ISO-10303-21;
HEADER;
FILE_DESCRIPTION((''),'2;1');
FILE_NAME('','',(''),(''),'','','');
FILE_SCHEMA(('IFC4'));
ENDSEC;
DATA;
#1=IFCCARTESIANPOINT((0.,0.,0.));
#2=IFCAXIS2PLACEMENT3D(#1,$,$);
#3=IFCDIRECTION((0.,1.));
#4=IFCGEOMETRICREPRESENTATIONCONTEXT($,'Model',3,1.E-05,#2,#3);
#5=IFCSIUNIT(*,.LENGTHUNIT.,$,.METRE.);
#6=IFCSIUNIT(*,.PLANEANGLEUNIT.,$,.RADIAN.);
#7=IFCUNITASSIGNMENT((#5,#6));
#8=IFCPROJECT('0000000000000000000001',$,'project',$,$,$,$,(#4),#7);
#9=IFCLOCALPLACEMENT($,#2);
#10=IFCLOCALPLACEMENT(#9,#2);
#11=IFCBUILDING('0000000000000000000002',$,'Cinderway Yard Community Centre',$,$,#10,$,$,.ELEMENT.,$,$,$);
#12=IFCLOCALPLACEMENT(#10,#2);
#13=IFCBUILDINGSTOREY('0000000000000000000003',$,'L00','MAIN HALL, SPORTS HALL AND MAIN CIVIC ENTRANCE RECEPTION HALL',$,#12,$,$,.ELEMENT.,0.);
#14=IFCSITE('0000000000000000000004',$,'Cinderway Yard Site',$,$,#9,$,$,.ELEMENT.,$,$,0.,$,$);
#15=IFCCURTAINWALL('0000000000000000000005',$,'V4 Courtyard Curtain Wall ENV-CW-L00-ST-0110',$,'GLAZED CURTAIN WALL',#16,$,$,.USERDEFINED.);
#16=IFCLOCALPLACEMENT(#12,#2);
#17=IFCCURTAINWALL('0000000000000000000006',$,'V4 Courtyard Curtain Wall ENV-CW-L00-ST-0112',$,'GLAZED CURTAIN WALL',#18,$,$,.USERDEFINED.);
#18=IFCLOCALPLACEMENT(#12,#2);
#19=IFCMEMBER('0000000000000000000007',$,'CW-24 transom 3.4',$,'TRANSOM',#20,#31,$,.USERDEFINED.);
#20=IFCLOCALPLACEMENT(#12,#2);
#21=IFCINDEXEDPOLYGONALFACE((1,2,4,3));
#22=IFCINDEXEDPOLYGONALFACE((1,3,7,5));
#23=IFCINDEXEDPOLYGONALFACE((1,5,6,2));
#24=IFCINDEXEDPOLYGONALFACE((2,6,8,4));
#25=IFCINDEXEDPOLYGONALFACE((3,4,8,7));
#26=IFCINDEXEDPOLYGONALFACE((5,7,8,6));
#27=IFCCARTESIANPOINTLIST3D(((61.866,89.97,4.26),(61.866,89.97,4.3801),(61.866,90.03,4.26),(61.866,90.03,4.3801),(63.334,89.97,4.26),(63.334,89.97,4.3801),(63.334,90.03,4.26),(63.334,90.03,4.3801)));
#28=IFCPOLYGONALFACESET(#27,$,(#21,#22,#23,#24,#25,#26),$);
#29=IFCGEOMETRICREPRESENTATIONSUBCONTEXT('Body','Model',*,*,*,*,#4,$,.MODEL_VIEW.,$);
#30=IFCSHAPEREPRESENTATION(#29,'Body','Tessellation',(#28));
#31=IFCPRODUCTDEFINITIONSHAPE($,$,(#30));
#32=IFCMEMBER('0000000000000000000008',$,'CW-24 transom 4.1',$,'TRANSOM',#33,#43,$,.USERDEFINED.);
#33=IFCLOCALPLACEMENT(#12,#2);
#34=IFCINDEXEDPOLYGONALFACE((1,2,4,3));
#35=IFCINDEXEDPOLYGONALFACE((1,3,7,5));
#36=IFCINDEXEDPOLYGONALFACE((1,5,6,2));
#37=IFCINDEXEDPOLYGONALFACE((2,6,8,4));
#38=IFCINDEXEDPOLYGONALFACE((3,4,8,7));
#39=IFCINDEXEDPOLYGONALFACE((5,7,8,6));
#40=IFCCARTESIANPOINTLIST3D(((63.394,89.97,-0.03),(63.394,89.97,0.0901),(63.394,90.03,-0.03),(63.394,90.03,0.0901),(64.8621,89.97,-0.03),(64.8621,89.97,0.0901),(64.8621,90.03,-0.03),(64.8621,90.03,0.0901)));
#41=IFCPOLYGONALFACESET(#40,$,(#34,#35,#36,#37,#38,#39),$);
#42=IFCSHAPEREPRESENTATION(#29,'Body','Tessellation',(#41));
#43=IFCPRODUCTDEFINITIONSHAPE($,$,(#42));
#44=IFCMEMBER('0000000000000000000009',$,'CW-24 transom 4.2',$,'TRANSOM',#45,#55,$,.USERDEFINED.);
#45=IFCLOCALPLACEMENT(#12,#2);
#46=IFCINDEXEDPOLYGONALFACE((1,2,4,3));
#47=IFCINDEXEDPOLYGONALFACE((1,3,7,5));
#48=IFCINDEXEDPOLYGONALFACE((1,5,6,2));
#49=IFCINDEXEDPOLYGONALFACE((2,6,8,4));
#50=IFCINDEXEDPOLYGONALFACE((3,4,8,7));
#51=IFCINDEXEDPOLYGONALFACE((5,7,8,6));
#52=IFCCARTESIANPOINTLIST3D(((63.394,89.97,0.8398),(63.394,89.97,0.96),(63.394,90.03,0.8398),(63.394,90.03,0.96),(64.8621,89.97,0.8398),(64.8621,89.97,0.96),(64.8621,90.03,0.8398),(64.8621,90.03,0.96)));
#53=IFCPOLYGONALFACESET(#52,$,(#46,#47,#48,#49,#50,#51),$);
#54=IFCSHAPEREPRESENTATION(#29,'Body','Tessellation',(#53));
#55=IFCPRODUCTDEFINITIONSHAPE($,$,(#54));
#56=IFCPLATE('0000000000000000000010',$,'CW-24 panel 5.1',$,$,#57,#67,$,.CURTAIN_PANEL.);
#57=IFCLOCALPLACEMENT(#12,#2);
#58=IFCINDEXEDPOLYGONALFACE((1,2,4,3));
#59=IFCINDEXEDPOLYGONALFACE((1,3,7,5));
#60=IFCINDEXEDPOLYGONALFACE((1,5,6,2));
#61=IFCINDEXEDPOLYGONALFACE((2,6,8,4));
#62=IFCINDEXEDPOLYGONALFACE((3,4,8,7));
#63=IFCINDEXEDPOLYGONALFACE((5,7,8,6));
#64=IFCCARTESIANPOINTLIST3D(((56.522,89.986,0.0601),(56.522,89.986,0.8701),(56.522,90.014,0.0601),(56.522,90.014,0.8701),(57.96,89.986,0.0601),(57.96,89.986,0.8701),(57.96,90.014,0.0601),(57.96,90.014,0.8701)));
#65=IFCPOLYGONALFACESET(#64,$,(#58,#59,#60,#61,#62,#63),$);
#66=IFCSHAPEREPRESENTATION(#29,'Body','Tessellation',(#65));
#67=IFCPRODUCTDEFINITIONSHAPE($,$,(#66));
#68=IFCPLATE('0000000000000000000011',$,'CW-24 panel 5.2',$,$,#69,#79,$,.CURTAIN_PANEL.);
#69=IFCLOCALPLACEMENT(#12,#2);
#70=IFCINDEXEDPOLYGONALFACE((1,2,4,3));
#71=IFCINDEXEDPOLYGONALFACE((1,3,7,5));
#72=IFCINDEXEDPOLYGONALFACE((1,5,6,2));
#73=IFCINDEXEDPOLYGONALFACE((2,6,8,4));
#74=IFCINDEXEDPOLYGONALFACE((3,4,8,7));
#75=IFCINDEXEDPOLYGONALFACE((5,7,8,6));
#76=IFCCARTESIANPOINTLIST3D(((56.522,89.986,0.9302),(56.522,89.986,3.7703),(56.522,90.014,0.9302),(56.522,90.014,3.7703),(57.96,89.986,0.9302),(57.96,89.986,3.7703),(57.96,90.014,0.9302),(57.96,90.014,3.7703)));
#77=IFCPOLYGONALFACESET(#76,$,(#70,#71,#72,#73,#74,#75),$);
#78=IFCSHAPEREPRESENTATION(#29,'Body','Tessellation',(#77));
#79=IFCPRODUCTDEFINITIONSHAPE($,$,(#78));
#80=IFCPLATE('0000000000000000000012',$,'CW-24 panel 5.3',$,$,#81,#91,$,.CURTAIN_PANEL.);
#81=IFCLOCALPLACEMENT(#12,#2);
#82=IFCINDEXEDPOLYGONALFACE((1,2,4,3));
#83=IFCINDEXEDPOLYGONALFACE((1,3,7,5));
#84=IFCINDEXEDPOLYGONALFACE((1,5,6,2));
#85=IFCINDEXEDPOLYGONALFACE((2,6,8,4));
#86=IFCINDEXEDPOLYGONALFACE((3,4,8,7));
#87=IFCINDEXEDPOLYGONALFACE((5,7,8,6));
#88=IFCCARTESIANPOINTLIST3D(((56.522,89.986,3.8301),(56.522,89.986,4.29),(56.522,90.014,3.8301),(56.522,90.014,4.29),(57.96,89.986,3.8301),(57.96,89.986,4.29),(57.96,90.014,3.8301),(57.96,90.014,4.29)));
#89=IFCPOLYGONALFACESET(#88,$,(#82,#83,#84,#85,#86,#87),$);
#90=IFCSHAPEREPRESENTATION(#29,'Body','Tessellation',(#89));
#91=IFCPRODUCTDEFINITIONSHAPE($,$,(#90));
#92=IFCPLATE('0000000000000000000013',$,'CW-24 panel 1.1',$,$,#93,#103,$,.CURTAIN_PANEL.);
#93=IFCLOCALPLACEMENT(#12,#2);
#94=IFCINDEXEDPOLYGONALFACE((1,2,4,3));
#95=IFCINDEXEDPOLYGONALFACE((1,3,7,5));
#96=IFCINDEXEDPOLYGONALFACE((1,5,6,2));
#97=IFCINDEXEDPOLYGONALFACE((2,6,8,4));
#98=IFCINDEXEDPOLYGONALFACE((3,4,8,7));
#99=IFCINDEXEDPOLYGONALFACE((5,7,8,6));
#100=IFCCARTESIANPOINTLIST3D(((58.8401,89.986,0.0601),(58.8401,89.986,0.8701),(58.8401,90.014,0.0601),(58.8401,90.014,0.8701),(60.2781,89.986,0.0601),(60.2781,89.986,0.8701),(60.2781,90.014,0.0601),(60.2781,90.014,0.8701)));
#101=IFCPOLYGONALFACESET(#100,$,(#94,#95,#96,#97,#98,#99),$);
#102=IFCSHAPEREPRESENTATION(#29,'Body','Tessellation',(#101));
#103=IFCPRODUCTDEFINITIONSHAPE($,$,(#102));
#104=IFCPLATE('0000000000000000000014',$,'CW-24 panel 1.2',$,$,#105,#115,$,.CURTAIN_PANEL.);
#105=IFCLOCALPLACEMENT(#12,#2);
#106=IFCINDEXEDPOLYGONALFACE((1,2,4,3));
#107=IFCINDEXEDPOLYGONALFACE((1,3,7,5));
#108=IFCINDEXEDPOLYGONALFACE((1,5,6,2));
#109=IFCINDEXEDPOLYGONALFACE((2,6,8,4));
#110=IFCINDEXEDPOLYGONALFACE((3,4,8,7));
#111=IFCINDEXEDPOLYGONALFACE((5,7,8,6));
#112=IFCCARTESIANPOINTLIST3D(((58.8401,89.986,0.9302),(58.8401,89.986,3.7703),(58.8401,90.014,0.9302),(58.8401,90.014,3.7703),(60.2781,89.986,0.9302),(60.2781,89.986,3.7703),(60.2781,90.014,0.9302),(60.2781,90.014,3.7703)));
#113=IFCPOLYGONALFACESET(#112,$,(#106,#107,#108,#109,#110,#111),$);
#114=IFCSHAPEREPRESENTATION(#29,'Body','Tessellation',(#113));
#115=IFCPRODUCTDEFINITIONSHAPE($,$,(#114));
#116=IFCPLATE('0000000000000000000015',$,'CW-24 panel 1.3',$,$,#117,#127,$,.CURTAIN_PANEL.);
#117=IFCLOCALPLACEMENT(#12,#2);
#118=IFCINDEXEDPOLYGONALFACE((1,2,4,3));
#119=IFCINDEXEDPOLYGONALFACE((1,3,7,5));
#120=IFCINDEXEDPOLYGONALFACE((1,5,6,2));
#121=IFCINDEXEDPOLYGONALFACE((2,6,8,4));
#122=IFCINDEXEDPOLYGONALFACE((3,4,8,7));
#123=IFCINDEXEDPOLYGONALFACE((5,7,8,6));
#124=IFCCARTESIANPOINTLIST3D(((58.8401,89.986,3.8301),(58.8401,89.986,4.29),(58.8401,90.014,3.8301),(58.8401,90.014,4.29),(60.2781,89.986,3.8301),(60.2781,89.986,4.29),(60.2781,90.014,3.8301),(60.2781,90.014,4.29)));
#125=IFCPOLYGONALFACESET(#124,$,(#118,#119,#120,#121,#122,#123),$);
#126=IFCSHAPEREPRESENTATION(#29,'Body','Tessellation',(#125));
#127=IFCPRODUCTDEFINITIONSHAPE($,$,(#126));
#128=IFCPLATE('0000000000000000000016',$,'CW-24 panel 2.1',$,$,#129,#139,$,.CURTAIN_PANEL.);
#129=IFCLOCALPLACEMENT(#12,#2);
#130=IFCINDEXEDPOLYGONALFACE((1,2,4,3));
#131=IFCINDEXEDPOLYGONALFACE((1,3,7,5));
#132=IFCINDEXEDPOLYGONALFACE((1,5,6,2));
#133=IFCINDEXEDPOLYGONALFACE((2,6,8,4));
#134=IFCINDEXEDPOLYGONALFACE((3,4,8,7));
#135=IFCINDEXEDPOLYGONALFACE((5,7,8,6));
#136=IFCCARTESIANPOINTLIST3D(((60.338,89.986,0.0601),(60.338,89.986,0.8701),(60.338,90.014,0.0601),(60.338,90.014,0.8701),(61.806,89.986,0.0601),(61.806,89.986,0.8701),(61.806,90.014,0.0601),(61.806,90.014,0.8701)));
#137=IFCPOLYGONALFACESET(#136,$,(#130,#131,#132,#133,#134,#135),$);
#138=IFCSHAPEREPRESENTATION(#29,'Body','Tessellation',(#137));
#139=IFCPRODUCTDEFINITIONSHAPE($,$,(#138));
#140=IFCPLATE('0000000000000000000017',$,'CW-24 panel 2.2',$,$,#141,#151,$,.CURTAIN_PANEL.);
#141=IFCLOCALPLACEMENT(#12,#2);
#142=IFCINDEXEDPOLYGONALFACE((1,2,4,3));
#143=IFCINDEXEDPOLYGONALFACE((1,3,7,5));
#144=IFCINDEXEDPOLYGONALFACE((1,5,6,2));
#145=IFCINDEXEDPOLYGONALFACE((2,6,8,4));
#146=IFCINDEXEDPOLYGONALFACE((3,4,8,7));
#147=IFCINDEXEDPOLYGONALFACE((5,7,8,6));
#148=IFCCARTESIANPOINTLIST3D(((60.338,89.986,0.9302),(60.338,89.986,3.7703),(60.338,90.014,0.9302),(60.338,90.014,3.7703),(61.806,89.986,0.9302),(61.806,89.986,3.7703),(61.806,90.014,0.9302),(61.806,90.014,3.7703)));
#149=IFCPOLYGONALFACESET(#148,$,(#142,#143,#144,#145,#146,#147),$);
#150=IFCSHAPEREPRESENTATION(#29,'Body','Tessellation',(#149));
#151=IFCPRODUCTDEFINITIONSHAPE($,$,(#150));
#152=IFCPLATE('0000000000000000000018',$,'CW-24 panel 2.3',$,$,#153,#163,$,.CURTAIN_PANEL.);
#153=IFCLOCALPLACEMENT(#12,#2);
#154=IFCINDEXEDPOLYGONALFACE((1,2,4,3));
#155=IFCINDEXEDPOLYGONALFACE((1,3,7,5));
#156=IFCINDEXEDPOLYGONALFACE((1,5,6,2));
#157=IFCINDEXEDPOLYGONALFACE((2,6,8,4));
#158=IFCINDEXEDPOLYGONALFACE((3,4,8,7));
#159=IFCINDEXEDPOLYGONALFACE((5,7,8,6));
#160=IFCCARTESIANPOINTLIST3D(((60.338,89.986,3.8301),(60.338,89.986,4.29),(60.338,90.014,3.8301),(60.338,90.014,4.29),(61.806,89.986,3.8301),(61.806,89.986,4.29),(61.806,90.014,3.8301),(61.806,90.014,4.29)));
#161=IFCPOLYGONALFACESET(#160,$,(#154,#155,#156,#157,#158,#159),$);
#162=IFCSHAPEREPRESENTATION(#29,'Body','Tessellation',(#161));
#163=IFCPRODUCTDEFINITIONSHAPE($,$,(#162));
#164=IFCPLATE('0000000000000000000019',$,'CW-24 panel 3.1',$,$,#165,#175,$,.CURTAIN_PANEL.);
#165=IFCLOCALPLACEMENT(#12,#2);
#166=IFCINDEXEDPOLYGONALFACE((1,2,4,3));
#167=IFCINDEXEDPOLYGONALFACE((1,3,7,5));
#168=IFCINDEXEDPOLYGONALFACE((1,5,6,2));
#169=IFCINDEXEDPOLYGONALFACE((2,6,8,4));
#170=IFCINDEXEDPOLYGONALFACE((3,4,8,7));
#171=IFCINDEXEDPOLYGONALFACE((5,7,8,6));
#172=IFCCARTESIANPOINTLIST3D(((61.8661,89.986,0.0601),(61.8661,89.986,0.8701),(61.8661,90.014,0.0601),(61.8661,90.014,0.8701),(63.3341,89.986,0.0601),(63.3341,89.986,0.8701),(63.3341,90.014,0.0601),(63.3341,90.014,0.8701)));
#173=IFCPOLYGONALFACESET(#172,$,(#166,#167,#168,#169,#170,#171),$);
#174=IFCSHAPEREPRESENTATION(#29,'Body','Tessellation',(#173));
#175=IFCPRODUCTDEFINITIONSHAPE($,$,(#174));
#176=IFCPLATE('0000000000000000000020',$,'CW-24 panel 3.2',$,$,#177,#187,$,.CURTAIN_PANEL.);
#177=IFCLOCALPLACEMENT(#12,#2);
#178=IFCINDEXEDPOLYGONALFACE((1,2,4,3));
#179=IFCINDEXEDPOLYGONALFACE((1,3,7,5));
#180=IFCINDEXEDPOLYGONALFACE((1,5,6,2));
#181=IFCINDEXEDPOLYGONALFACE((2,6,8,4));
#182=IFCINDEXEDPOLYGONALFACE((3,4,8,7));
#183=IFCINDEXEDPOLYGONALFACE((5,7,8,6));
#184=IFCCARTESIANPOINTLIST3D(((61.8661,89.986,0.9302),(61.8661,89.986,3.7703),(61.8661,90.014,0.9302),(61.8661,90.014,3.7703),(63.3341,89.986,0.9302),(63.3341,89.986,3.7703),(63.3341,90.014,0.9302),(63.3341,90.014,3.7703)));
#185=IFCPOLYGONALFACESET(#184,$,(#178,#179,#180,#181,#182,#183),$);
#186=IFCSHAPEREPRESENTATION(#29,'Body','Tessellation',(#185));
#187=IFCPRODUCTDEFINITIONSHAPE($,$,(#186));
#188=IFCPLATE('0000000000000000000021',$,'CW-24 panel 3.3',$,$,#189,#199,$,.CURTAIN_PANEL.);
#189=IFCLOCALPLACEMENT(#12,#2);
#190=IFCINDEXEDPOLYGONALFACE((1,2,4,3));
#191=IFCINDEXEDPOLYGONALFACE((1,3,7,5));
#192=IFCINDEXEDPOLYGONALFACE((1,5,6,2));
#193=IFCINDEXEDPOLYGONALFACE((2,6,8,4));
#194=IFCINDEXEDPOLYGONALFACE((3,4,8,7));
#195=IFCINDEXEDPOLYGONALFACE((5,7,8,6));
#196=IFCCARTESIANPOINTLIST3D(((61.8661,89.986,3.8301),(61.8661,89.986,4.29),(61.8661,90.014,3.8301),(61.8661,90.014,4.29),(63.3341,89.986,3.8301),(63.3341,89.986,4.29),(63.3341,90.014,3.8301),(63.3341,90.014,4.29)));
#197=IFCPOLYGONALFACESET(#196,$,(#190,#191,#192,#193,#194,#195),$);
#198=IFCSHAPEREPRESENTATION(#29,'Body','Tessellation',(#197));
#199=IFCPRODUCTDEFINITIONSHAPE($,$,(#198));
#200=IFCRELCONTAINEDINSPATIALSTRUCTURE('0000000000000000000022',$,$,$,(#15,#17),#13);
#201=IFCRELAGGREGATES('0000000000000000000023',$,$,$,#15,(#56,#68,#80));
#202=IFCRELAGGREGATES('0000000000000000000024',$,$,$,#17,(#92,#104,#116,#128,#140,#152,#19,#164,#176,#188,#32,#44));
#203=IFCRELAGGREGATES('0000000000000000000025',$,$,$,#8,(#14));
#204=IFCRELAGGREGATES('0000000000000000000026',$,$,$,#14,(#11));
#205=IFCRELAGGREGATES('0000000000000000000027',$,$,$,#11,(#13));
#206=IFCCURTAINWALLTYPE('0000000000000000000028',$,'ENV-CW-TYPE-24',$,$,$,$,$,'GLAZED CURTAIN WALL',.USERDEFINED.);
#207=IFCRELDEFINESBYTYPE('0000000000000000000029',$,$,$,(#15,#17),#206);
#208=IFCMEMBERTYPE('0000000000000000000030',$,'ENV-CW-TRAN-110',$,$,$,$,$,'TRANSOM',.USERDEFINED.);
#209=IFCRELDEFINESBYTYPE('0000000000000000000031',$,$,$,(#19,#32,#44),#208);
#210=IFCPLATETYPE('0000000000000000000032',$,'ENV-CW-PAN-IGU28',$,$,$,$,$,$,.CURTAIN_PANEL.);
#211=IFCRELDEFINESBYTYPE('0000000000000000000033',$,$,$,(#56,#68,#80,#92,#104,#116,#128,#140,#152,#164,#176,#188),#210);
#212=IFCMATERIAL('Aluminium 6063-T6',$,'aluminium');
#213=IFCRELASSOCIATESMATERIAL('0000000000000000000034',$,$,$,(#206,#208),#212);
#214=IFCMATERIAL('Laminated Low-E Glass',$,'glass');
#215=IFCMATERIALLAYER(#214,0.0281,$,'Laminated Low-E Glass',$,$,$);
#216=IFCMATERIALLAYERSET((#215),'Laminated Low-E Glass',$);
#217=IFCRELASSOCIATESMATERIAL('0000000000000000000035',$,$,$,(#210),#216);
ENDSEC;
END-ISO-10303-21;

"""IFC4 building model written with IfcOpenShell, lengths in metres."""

from ifc_helpers import new_model, si_unit, direction, frame, origin, origin_2d, place, context, subcontext, project, spatial, rectangle, extrude, material, layer, layer_set, material_profile, profile_set, type_object, element, aggregate, save


model = new_model("IFC4")

# Units and contexts
model_context = context("Model", 3, precision=1e-05, world=origin(), true_north=direction((0.0, 1.0)))
body_context = subcontext(model_context, "Body", "Model", "MODEL_VIEW")
ifc_project = project(units=[si_unit("LENGTHUNIT", "METRE"), si_unit("PLANEANGLEUNIT", "RADIAN")], contexts=[model_context])

# Site, building, storey
site_placement = place(None, origin())
site = spatial("IfcSite", under=ifc_project, at=site_placement, Name="Cinderway Yard Site", CompositionType="ELEMENT", RefElevation=0.0)
building_placement = place(site_placement, origin())
building = spatial("IfcBuilding", under=site, at=building_placement, Name="Cinderway Yard Community Centre", CompositionType="ELEMENT")
storey_placement = place(building_placement, origin())
storey = spatial("IfcBuildingStorey", under=building, at=storey_placement, Name="L00", Description="MAIN HALL, SPORTS HALL AND MAIN CIVIC ENTRANCE RECEPTION HALL", CompositionType="ELEMENT", Elevation=0.0)

# Curtain walls
ifc_material_1 = material(Name="Aluminium 6063-T6", Category="aluminium")
curtain_wall_type = type_object("IfcCurtainWallType", Name="ENV-CW-TYPE-24", ElementType="GLAZED CURTAIN WALL", PredefinedType="USERDEFINED", material=ifc_material_1)
curtain_wall_1_placement = place(storey_placement, origin())
curtain_wall_1 = element("IfcCurtainWall", 1, at=curtain_wall_1_placement, inside=storey, type_object=curtain_wall_type, Name="V4 Courtyard Curtain Wall ENV-CW-L00-ST-0110", ObjectType="GLAZED CURTAIN WALL", PredefinedType="USERDEFINED")
curtain_wall_2_placement = place(storey_placement, origin())
curtain_wall_2 = element("IfcCurtainWall", 2, at=curtain_wall_2_placement, inside=storey, type_object=curtain_wall_type, Name="V4 Courtyard Curtain Wall ENV-CW-L00-ST-0112", ObjectType="GLAZED CURTAIN WALL", PredefinedType="USERDEFINED")

# Members
ifc_material_profile_1 = material_profile(ifc_material_1, rectangle(XDim=0.0601, YDim=0.1201, at=origin_2d()), Name="Aluminium 6063-T6")
ifc_profile_set_1 = profile_set([ifc_material_profile_1], Name="Aluminium 6063-T6")
member_type_1 = type_object("IfcMemberType", Name="ENV-CW-TRAN-110", ElementType="TRANSOM", PredefinedType="USERDEFINED", material=ifc_profile_set_1)
member_1_placement = place(storey_placement, frame((61.866, 90.0, 4.3201), z_axis=(1.0, 0.0, 0.0), x_axis=(0.0, 1.0, 0.0)))
member_1 = element("IfcMember", 3, at=member_1_placement, type_object=member_type_1, Name="CW-24 transom 3.4", ObjectType="TRANSOM", PredefinedType="USERDEFINED", context=body_context, shape_type="SweptSolid", body=[
    extrude(rectangle(XDim=0.0601, YDim=0.1201, at=origin_2d()), origin(), (0.0, 0.0, 1.0), 1.468),
])
member_2_placement = place(storey_placement, frame((63.394, 90.0, 0.03), z_axis=(1.0, 0.0, 0.0), x_axis=(0.0, 1.0, 0.0)))
member_2 = element("IfcMember", 4, at=member_2_placement, type_object=member_type_1, Name="CW-24 transom 4.1", ObjectType="TRANSOM", PredefinedType="USERDEFINED", context=body_context, shape_type="SweptSolid", body=[
    extrude(rectangle(XDim=0.0601, YDim=0.1201, at=origin_2d()), origin(), (0.0, 0.0, 1.0), 1.468),
])
member_3_placement = place(storey_placement, frame((63.394, 90.0, 0.8999), z_axis=(1.0, 0.0, 0.0), x_axis=(0.0, 1.0, 0.0)))
member_3 = element("IfcMember", 5, at=member_3_placement, type_object=member_type_1, Name="CW-24 transom 4.2", ObjectType="TRANSOM", PredefinedType="USERDEFINED", context=body_context, shape_type="SweptSolid", body=[
    extrude(rectangle(XDim=0.0601, YDim=0.1201, at=origin_2d()), origin(), (0.0, 0.0, 1.0), 1.468),
])

# Plates
ifc_material_2 = material(Name="Laminated Low-E Glass", Category="glass")
ifc_layer = layer(ifc_material_2, 0.0281, Name="Laminated Low-E Glass")
ifc_layer_set = layer_set([ifc_layer], Name="Laminated Low-E Glass")
plate_type = type_object("IfcPlateType", Name="ENV-CW-PAN-IGU28", PredefinedType="CURTAIN_PANEL", material=ifc_layer_set)
plate_1_placement = place(storey_placement, frame((57.241, 90.0, 0.0601), z_axis=(0.0, 0.0, 1.0), x_axis=(1.0, 0.0, 0.0)))
plate_1 = element("IfcPlate", 6, at=plate_1_placement, type_object=plate_type, Name="CW-24 panel 5.1", PredefinedType="CURTAIN_PANEL", context=body_context, shape_type="SweptSolid", body=[
    extrude(rectangle(XDim=1.438, YDim=0.0281, at=origin_2d()), origin(), (0.0, 0.0, 1.0), 0.8101),
])
plate_2_placement = place(storey_placement, frame((57.241, 90.0, 0.9302), z_axis=(0.0, 0.0, 1.0), x_axis=(1.0, 0.0, 0.0)))
plate_2 = element("IfcPlate", 7, at=plate_2_placement, type_object=plate_type, Name="CW-24 panel 5.2", PredefinedType="CURTAIN_PANEL", context=body_context, shape_type="SweptSolid", body=[
    extrude(rectangle(XDim=1.438, YDim=0.0281, at=origin_2d()), origin(), (0.0, 0.0, 1.0), 2.8401),
])
plate_3_placement = place(storey_placement, frame((57.241, 90.0, 3.8301), z_axis=(0.0, 0.0, 1.0), x_axis=(1.0, 0.0, 0.0)))
plate_3 = element("IfcPlate", 8, at=plate_3_placement, type_object=plate_type, Name="CW-24 panel 5.3", PredefinedType="CURTAIN_PANEL", context=body_context, shape_type="SweptSolid", body=[
    extrude(rectangle(XDim=1.438, YDim=0.0281, at=origin_2d()), origin(), (0.0, 0.0, 1.0), 0.46),
])
aggregate(curtain_wall_1, [plate_1, plate_2, plate_3])
plate_4_placement = place(storey_placement, frame((59.5591, 90.0, 0.0601), z_axis=(0.0, 0.0, 1.0), x_axis=(1.0, 0.0, 0.0)))
plate_4 = element("IfcPlate", 9, at=plate_4_placement, type_object=plate_type, Name="CW-24 panel 1.1", PredefinedType="CURTAIN_PANEL", context=body_context, shape_type="SweptSolid", body=[
    extrude(rectangle(XDim=1.438, YDim=0.0281, at=origin_2d()), origin(), (0.0, 0.0, 1.0), 0.8101),
])
plate_5_placement = place(storey_placement, frame((59.5591, 90.0, 0.9302), z_axis=(0.0, 0.0, 1.0), x_axis=(1.0, 0.0, 0.0)))
plate_5 = element("IfcPlate", 10, at=plate_5_placement, type_object=plate_type, Name="CW-24 panel 1.2", PredefinedType="CURTAIN_PANEL", context=body_context, shape_type="SweptSolid", body=[
    extrude(rectangle(XDim=1.438, YDim=0.0281, at=origin_2d()), origin(), (0.0, 0.0, 1.0), 2.8401),
])
plate_6_placement = place(storey_placement, frame((59.5591, 90.0, 3.8301), z_axis=(0.0, 0.0, 1.0), x_axis=(1.0, 0.0, 0.0)))
plate_6 = element("IfcPlate", 11, at=plate_6_placement, type_object=plate_type, Name="CW-24 panel 1.3", PredefinedType="CURTAIN_PANEL", context=body_context, shape_type="SweptSolid", body=[
    extrude(rectangle(XDim=1.438, YDim=0.0281, at=origin_2d()), origin(), (0.0, 0.0, 1.0), 0.46),
])
plate_7_placement = place(storey_placement, frame((61.072, 90.0, 0.0601), z_axis=(0.0, 0.0, 1.0), x_axis=(1.0, 0.0, 0.0)))
plate_7 = element("IfcPlate", 12, at=plate_7_placement, type_object=plate_type, Name="CW-24 panel 2.1", PredefinedType="CURTAIN_PANEL", context=body_context, shape_type="SweptSolid", body=[
    extrude(rectangle(XDim=1.468, YDim=0.0281, at=origin_2d()), origin(), (0.0, 0.0, 1.0), 0.8101),
])
plate_8_placement = place(storey_placement, frame((61.072, 90.0, 0.9302), z_axis=(0.0, 0.0, 1.0), x_axis=(1.0, 0.0, 0.0)))
plate_8 = element("IfcPlate", 13, at=plate_8_placement, type_object=plate_type, Name="CW-24 panel 2.2", PredefinedType="CURTAIN_PANEL", context=body_context, shape_type="SweptSolid", body=[
    extrude(rectangle(XDim=1.468, YDim=0.0281, at=origin_2d()), origin(), (0.0, 0.0, 1.0), 2.8401),
])
plate_9_placement = place(storey_placement, frame((61.072, 90.0, 3.8301), z_axis=(0.0, 0.0, 1.0), x_axis=(1.0, 0.0, 0.0)))
plate_9 = element("IfcPlate", 14, at=plate_9_placement, type_object=plate_type, Name="CW-24 panel 2.3", PredefinedType="CURTAIN_PANEL", context=body_context, shape_type="SweptSolid", body=[
    extrude(rectangle(XDim=1.468, YDim=0.0281, at=origin_2d()), origin(), (0.0, 0.0, 1.0), 0.46),
])
plate_10_placement = place(storey_placement, frame((62.6001, 90.0, 0.0601), z_axis=(0.0, 0.0, 1.0), x_axis=(1.0, 0.0, 0.0)))
plate_10 = element("IfcPlate", 15, at=plate_10_placement, type_object=plate_type, Name="CW-24 panel 3.1", PredefinedType="CURTAIN_PANEL", context=body_context, shape_type="SweptSolid", body=[
    extrude(rectangle(XDim=1.468, YDim=0.0281, at=origin_2d()), origin(), (0.0, 0.0, 1.0), 0.8101),
])
plate_11_placement = place(storey_placement, frame((62.6001, 90.0, 0.9302), z_axis=(0.0, 0.0, 1.0), x_axis=(1.0, 0.0, 0.0)))
plate_11 = element("IfcPlate", 16, at=plate_11_placement, type_object=plate_type, Name="CW-24 panel 3.2", PredefinedType="CURTAIN_PANEL", context=body_context, shape_type="SweptSolid", body=[
    extrude(rectangle(XDim=1.468, YDim=0.0281, at=origin_2d()), origin(), (0.0, 0.0, 1.0), 2.8401),
])
plate_12_placement = place(storey_placement, frame((62.6001, 90.0, 3.8301), z_axis=(0.0, 0.0, 1.0), x_axis=(1.0, 0.0, 0.0)))
plate_12 = element("IfcPlate", 17, at=plate_12_placement, type_object=plate_type, Name="CW-24 panel 3.3", PredefinedType="CURTAIN_PANEL", context=body_context, shape_type="SweptSolid", body=[
    extrude(rectangle(XDim=1.468, YDim=0.0281, at=origin_2d()), origin(), (0.0, 0.0, 1.0), 0.46),
])
aggregate(curtain_wall_2, [plate_4, plate_5, plate_6, plate_7, plate_8, plate_9, member_1, plate_10, plate_11, plate_12, member_2, member_3])

save(model, "model.ifc")
